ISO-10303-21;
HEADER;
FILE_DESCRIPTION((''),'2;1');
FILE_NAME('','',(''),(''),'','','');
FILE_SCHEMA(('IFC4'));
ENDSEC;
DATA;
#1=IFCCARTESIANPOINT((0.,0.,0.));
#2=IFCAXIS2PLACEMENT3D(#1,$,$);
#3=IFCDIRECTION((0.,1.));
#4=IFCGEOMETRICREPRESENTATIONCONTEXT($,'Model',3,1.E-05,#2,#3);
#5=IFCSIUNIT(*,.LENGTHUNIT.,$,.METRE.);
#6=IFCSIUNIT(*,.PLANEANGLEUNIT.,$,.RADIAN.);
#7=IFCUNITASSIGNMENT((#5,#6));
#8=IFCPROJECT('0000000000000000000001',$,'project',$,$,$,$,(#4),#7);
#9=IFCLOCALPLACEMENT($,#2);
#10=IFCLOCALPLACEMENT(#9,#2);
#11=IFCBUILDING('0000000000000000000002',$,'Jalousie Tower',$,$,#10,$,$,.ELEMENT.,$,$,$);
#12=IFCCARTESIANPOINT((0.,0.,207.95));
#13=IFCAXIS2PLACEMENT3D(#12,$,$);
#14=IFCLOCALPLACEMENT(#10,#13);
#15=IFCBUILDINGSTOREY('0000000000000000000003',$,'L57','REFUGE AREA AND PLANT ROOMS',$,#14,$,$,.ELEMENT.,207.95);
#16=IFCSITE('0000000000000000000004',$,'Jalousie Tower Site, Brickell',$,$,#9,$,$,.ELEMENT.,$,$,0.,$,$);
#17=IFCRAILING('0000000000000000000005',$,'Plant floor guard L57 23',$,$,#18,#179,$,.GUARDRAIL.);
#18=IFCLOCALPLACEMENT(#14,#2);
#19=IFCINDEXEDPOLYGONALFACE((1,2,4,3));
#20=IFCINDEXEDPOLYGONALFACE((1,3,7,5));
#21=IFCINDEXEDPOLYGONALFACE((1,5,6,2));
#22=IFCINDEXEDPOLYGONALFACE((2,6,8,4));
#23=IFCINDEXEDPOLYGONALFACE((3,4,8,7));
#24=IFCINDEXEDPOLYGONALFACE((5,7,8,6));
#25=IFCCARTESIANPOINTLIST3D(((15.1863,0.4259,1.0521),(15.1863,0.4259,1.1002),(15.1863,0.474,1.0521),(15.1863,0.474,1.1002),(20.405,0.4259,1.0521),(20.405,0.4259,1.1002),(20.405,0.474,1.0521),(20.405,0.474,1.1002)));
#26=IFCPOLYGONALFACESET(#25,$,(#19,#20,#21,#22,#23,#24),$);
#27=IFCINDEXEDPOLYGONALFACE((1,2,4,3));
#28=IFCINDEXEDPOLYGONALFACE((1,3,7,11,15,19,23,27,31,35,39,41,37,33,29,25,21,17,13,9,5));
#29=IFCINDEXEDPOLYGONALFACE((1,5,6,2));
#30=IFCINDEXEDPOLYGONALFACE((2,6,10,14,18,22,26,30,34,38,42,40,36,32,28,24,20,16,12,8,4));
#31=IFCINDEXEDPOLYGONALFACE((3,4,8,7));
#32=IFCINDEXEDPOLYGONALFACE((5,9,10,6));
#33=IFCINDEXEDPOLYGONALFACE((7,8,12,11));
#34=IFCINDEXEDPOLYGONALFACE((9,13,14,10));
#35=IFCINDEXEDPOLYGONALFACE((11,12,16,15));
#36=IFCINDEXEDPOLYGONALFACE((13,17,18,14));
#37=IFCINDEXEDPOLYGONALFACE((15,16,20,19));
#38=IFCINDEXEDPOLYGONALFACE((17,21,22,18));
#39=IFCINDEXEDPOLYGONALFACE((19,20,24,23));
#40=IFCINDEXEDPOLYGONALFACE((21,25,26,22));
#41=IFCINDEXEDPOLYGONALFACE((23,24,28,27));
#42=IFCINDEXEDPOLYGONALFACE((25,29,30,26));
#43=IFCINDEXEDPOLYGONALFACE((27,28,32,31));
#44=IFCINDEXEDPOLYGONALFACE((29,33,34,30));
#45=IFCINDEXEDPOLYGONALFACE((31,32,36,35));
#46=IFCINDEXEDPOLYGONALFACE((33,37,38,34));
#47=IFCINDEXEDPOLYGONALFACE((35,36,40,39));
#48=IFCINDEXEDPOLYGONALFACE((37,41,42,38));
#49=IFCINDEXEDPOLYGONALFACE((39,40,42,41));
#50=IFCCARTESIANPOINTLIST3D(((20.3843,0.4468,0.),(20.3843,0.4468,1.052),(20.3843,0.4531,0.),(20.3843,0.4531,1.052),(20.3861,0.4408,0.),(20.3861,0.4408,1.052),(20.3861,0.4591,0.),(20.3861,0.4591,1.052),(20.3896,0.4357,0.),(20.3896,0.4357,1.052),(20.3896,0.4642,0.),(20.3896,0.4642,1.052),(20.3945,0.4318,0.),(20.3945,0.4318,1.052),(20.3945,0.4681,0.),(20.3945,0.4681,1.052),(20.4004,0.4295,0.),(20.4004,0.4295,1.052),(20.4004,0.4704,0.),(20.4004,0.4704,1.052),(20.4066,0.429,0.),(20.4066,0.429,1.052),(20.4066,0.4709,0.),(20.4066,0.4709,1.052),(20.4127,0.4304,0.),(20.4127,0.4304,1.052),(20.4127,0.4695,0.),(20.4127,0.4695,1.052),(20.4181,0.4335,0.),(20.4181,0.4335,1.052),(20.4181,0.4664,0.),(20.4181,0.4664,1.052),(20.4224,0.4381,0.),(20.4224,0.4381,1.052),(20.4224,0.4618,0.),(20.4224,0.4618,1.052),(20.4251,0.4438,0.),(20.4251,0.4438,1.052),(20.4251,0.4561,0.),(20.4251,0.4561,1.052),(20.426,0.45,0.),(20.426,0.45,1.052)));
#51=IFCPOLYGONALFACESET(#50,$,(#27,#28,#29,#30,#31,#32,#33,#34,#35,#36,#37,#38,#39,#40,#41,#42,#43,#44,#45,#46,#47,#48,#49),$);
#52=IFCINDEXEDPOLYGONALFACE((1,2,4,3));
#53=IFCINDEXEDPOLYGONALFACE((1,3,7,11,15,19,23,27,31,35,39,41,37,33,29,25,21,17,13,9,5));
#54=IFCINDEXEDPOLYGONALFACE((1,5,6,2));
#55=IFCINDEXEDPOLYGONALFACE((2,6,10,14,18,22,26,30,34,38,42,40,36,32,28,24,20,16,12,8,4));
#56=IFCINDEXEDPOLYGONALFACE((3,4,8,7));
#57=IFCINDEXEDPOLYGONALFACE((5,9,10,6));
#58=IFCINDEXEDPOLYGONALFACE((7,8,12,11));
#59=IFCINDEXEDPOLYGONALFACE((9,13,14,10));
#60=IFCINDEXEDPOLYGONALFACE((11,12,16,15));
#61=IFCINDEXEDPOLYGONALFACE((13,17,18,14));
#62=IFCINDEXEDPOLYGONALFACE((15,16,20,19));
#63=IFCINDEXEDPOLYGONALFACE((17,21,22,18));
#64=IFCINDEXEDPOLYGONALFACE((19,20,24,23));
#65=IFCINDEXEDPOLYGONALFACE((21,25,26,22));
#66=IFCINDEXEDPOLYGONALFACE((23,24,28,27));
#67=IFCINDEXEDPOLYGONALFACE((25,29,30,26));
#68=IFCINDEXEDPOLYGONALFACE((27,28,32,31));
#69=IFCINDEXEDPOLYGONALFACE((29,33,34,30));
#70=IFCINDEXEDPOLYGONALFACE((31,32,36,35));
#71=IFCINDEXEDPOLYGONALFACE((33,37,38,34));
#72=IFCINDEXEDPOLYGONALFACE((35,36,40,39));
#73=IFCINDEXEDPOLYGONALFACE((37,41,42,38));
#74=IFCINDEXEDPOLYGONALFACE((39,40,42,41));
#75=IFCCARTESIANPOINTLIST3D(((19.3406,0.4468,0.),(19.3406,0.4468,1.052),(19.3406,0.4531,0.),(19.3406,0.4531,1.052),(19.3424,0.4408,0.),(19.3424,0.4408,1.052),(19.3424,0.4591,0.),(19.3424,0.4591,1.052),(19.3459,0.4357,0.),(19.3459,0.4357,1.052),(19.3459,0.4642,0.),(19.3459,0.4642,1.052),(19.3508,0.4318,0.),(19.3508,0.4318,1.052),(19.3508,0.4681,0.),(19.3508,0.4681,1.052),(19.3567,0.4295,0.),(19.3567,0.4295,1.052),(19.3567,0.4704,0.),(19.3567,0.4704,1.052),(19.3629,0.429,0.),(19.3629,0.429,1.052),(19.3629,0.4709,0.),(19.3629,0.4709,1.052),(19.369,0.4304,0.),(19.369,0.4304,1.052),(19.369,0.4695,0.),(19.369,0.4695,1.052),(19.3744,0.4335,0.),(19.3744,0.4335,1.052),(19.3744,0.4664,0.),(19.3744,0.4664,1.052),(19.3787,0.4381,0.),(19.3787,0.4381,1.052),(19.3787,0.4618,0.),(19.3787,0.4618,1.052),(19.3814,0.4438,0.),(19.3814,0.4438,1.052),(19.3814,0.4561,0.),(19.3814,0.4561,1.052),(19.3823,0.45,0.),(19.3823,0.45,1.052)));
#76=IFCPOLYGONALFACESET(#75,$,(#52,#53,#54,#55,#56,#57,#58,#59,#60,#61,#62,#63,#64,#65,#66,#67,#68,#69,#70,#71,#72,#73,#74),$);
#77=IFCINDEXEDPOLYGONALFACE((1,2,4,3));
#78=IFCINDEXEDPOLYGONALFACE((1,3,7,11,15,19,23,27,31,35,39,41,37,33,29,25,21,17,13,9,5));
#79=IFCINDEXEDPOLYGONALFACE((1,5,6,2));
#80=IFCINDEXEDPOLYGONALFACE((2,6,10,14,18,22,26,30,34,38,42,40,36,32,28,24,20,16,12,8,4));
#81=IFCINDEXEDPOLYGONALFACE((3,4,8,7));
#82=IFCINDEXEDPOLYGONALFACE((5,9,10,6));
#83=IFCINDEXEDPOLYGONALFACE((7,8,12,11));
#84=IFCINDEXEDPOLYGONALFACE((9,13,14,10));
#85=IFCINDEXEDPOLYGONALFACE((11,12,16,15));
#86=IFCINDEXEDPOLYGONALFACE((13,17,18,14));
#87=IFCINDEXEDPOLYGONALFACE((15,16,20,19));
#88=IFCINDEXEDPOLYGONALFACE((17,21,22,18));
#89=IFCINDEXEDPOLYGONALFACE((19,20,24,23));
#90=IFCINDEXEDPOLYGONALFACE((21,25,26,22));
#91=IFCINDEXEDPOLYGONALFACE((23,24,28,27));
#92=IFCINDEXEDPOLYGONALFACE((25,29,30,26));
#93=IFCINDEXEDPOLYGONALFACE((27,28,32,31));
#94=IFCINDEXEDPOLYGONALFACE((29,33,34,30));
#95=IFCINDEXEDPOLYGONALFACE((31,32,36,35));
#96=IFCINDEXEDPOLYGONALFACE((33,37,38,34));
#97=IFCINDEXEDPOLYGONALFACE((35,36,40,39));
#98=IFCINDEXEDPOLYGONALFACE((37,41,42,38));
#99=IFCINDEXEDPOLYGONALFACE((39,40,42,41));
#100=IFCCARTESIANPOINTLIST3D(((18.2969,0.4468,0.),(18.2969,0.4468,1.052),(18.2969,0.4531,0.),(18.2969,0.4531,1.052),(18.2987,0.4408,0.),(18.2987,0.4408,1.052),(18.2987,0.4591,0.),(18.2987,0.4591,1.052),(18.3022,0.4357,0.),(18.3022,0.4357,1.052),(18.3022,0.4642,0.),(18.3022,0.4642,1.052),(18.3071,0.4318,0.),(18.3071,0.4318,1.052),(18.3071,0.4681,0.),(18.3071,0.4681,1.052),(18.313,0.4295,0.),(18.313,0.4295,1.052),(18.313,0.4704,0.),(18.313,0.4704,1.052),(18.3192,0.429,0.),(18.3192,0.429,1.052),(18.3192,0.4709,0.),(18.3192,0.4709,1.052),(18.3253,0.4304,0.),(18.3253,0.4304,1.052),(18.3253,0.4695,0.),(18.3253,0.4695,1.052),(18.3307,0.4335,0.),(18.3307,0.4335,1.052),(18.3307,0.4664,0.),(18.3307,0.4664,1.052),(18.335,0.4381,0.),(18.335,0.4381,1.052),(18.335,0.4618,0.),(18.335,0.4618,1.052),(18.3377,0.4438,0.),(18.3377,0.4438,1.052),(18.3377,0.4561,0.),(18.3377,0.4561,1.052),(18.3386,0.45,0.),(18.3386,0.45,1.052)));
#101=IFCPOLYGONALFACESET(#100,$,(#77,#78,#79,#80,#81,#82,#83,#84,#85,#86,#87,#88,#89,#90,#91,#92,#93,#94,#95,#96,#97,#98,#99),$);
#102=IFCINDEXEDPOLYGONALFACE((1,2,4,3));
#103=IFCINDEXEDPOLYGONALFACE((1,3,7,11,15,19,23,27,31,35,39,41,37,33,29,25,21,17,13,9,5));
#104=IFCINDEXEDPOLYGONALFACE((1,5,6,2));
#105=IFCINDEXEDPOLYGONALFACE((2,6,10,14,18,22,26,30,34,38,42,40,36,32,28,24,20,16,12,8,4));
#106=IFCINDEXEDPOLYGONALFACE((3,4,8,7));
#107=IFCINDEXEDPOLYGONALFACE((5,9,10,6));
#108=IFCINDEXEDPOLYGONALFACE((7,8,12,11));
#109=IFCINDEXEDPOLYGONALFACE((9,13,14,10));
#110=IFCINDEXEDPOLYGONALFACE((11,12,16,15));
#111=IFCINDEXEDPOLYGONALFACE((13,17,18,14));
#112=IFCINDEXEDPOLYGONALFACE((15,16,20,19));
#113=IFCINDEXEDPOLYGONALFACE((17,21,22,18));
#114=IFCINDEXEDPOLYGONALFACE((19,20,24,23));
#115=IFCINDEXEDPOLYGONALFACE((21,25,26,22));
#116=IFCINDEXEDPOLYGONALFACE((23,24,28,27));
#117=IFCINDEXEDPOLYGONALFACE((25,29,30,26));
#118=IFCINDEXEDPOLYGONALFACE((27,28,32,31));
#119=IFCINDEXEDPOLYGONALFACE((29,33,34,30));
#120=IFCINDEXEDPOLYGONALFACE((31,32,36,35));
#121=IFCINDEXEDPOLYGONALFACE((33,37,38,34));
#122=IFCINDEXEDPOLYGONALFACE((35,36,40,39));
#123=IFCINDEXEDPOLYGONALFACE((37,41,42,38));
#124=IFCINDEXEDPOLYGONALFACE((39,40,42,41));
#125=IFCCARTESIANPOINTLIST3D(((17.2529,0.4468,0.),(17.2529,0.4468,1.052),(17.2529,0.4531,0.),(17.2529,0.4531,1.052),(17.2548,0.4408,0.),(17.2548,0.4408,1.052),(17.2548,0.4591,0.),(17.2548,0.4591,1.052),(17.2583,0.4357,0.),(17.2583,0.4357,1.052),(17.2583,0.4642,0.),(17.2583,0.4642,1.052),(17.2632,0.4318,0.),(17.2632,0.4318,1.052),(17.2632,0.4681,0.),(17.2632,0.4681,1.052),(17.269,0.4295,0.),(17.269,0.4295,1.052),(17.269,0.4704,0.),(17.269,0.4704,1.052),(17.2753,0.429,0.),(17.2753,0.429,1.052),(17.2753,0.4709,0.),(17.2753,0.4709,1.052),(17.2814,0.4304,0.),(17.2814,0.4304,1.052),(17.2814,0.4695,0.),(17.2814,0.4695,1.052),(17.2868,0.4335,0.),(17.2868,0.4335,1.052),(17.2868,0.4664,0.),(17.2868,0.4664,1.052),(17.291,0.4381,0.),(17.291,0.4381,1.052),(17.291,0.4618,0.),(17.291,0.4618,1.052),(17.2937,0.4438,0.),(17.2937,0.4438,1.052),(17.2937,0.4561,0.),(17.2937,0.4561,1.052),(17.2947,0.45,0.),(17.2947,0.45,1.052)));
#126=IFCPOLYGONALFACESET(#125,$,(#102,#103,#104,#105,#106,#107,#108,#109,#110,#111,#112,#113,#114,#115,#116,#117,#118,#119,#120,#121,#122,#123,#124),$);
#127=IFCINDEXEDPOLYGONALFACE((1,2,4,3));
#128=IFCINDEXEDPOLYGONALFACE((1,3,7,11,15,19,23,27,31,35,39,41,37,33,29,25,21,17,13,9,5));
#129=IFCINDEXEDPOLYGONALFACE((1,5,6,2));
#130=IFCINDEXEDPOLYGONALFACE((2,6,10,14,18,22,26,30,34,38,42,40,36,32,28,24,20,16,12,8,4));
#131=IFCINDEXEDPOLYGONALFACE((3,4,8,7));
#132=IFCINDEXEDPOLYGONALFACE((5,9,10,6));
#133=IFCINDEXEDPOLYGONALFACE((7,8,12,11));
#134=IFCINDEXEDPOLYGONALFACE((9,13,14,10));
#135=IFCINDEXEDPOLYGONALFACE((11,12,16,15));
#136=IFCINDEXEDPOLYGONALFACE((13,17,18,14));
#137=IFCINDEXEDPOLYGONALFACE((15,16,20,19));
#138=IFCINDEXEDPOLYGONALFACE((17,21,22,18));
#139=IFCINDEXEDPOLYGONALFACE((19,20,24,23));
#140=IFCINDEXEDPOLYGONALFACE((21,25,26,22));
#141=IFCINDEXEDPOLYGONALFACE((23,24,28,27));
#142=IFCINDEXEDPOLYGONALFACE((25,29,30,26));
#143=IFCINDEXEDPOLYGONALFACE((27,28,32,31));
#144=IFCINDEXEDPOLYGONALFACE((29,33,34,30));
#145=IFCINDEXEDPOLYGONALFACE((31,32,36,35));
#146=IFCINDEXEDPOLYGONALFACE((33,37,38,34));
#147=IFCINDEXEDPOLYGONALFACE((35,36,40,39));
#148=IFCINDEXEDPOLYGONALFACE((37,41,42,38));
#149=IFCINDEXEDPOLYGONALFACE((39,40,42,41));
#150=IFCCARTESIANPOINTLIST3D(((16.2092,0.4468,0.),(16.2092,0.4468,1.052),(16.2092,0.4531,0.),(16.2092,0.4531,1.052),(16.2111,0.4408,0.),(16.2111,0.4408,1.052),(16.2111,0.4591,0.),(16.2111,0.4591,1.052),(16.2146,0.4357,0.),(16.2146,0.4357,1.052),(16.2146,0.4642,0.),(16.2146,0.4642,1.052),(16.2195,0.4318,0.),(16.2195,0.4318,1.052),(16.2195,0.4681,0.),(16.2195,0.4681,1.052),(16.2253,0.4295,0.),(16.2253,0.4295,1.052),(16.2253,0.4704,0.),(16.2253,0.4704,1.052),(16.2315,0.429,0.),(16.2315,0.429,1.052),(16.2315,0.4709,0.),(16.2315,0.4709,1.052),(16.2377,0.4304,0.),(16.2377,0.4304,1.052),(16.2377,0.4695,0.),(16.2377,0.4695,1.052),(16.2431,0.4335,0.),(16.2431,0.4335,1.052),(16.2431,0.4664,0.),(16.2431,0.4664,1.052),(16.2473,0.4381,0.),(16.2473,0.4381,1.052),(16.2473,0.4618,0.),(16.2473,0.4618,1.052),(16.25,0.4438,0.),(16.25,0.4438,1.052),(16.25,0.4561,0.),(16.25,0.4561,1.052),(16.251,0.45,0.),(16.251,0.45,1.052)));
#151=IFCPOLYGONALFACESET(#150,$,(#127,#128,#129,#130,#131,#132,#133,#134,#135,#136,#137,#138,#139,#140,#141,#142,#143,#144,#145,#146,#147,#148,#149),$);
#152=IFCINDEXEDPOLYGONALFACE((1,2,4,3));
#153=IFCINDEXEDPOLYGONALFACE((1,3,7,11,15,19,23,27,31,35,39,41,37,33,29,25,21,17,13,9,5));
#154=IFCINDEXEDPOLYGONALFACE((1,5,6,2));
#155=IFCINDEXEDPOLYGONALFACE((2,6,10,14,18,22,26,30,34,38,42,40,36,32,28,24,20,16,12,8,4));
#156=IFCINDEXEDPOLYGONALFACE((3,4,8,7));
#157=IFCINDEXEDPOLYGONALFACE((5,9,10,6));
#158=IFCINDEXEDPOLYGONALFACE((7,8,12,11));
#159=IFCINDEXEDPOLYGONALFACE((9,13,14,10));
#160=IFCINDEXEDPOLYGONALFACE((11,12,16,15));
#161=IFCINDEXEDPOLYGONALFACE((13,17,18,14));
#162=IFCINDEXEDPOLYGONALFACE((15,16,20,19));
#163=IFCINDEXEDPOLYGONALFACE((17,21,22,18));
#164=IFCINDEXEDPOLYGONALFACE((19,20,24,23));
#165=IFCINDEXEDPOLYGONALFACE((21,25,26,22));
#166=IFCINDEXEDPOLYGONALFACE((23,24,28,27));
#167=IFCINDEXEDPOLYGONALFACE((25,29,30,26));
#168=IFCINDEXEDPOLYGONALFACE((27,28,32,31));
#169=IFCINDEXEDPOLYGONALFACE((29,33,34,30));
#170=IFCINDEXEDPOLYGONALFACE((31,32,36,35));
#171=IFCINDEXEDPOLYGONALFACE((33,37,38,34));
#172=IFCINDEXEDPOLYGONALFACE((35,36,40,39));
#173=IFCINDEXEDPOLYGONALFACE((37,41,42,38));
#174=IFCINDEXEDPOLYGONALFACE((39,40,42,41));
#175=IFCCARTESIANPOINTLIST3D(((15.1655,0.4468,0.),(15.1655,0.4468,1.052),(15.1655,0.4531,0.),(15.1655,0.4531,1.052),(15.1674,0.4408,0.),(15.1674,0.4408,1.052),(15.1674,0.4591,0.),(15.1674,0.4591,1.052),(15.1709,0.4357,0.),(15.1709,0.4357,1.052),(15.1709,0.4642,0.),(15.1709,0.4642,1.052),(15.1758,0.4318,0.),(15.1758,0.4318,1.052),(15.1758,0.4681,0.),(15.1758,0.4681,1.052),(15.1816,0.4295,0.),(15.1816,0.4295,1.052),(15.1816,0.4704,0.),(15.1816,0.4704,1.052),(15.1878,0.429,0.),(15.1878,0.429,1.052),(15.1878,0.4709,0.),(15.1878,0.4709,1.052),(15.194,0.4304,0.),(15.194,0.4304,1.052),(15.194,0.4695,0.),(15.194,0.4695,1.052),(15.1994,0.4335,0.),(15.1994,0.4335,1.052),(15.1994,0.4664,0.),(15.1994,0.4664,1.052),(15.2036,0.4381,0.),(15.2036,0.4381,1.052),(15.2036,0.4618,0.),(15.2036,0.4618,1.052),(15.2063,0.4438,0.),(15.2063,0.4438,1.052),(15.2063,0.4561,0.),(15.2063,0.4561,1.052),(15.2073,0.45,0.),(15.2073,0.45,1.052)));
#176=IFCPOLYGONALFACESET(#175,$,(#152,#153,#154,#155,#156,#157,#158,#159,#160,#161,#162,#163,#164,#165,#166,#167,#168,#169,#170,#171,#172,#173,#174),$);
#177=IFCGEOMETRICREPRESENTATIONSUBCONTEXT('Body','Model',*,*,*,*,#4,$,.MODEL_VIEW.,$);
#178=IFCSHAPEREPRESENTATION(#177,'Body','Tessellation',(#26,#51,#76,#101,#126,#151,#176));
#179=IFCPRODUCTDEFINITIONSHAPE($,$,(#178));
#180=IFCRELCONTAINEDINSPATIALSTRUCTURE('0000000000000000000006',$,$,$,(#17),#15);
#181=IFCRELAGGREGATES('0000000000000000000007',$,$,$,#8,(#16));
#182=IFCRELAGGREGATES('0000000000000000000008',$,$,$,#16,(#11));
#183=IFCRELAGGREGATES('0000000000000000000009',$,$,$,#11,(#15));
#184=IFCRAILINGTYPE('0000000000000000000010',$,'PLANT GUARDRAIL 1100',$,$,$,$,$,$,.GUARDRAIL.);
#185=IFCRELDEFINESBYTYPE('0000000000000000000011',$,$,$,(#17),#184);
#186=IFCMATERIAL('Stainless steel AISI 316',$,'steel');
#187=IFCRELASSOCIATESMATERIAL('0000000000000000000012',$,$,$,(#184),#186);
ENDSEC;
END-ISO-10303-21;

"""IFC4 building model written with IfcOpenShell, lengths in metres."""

from ifc_helpers import new_model, si_unit, direction, frame, origin, origin_2d, place, context, subcontext, project, spatial, rectangle, circle, extrude, material, type_object, element, save


model = new_model("IFC4")

# Units and contexts
model_context = context("Model", 3, precision=1e-05, world=origin(), true_north=direction((0.0, 1.0)))
body_context = subcontext(model_context, "Body", "Model", "MODEL_VIEW")
ifc_project = project(units=[si_unit("LENGTHUNIT", "METRE"), si_unit("PLANEANGLEUNIT", "RADIAN")], contexts=[model_context])

# Site, building, storey
site_placement = place(None, origin())
site = spatial("IfcSite", under=ifc_project, at=site_placement, Name="Jalousie Tower Site, Brickell", CompositionType="ELEMENT", RefElevation=0.0)
building_placement = place(site_placement, origin())
building = spatial("IfcBuilding", under=site, at=building_placement, Name="Jalousie Tower", CompositionType="ELEMENT")
storey_placement = place(building_placement, frame((0.0, 0.0, 207.95)))
storey = spatial("IfcBuildingStorey", under=building, at=storey_placement, Name="L57", Description="REFUGE AREA AND PLANT ROOMS", CompositionType="ELEMENT", Elevation=207.95)

# Railing
ifc_material_1 = material(Name="Stainless steel AISI 316", Category="steel")
railing_type_1 = type_object("IfcRailingType", Name="PLANT GUARDRAIL 1100", PredefinedType="GUARDRAIL", material=ifc_material_1)
railing_1_placement = place(storey_placement, frame((20.405, 0.45, 0.0)))
element("IfcRailing", 1, at=railing_1_placement, inside=storey, type_object=railing_type_1, Name="Plant floor guard L57 23", PredefinedType="GUARDRAIL", context=body_context, shape_type="SweptSolid", body=[
    extrude(rectangle(XDim=0.0481, YDim=0.0481, at=origin_2d()), frame((0.0, 0.0, 1.0762), z_axis=(-1.0, 0.0, 0.0), x_axis=(0.0, -1.0, 0.0)), (0.0, 0.0, 1.0), 5.2188),
    extrude(circle(Radius=0.021, at=origin_2d()), origin(), (0.0, 0.0, 1.0), 1.052),
    extrude(circle(Radius=0.021, at=origin_2d()), frame((-1.0437, 0.0, 0.0)), (0.0, 0.0, 1.0), 1.052),
    extrude(circle(Radius=0.021, at=origin_2d()), frame((-2.0874, 0.0, 0.0)), (0.0, 0.0, 1.0), 1.052),
    extrude(circle(Radius=0.021, at=origin_2d()), frame((-3.1313, 0.0, 0.0)), (0.0, 0.0, 1.0), 1.052),
    extrude(circle(Radius=0.021, at=origin_2d()), frame((-4.175, 0.0, 0.0)), (0.0, 0.0, 1.0), 1.052),
    extrude(circle(Radius=0.021, at=origin_2d()), frame((-5.2188, 0.0, 0.0)), (0.0, 0.0, 1.0), 1.052),
])

save(model, "model.ifc")
